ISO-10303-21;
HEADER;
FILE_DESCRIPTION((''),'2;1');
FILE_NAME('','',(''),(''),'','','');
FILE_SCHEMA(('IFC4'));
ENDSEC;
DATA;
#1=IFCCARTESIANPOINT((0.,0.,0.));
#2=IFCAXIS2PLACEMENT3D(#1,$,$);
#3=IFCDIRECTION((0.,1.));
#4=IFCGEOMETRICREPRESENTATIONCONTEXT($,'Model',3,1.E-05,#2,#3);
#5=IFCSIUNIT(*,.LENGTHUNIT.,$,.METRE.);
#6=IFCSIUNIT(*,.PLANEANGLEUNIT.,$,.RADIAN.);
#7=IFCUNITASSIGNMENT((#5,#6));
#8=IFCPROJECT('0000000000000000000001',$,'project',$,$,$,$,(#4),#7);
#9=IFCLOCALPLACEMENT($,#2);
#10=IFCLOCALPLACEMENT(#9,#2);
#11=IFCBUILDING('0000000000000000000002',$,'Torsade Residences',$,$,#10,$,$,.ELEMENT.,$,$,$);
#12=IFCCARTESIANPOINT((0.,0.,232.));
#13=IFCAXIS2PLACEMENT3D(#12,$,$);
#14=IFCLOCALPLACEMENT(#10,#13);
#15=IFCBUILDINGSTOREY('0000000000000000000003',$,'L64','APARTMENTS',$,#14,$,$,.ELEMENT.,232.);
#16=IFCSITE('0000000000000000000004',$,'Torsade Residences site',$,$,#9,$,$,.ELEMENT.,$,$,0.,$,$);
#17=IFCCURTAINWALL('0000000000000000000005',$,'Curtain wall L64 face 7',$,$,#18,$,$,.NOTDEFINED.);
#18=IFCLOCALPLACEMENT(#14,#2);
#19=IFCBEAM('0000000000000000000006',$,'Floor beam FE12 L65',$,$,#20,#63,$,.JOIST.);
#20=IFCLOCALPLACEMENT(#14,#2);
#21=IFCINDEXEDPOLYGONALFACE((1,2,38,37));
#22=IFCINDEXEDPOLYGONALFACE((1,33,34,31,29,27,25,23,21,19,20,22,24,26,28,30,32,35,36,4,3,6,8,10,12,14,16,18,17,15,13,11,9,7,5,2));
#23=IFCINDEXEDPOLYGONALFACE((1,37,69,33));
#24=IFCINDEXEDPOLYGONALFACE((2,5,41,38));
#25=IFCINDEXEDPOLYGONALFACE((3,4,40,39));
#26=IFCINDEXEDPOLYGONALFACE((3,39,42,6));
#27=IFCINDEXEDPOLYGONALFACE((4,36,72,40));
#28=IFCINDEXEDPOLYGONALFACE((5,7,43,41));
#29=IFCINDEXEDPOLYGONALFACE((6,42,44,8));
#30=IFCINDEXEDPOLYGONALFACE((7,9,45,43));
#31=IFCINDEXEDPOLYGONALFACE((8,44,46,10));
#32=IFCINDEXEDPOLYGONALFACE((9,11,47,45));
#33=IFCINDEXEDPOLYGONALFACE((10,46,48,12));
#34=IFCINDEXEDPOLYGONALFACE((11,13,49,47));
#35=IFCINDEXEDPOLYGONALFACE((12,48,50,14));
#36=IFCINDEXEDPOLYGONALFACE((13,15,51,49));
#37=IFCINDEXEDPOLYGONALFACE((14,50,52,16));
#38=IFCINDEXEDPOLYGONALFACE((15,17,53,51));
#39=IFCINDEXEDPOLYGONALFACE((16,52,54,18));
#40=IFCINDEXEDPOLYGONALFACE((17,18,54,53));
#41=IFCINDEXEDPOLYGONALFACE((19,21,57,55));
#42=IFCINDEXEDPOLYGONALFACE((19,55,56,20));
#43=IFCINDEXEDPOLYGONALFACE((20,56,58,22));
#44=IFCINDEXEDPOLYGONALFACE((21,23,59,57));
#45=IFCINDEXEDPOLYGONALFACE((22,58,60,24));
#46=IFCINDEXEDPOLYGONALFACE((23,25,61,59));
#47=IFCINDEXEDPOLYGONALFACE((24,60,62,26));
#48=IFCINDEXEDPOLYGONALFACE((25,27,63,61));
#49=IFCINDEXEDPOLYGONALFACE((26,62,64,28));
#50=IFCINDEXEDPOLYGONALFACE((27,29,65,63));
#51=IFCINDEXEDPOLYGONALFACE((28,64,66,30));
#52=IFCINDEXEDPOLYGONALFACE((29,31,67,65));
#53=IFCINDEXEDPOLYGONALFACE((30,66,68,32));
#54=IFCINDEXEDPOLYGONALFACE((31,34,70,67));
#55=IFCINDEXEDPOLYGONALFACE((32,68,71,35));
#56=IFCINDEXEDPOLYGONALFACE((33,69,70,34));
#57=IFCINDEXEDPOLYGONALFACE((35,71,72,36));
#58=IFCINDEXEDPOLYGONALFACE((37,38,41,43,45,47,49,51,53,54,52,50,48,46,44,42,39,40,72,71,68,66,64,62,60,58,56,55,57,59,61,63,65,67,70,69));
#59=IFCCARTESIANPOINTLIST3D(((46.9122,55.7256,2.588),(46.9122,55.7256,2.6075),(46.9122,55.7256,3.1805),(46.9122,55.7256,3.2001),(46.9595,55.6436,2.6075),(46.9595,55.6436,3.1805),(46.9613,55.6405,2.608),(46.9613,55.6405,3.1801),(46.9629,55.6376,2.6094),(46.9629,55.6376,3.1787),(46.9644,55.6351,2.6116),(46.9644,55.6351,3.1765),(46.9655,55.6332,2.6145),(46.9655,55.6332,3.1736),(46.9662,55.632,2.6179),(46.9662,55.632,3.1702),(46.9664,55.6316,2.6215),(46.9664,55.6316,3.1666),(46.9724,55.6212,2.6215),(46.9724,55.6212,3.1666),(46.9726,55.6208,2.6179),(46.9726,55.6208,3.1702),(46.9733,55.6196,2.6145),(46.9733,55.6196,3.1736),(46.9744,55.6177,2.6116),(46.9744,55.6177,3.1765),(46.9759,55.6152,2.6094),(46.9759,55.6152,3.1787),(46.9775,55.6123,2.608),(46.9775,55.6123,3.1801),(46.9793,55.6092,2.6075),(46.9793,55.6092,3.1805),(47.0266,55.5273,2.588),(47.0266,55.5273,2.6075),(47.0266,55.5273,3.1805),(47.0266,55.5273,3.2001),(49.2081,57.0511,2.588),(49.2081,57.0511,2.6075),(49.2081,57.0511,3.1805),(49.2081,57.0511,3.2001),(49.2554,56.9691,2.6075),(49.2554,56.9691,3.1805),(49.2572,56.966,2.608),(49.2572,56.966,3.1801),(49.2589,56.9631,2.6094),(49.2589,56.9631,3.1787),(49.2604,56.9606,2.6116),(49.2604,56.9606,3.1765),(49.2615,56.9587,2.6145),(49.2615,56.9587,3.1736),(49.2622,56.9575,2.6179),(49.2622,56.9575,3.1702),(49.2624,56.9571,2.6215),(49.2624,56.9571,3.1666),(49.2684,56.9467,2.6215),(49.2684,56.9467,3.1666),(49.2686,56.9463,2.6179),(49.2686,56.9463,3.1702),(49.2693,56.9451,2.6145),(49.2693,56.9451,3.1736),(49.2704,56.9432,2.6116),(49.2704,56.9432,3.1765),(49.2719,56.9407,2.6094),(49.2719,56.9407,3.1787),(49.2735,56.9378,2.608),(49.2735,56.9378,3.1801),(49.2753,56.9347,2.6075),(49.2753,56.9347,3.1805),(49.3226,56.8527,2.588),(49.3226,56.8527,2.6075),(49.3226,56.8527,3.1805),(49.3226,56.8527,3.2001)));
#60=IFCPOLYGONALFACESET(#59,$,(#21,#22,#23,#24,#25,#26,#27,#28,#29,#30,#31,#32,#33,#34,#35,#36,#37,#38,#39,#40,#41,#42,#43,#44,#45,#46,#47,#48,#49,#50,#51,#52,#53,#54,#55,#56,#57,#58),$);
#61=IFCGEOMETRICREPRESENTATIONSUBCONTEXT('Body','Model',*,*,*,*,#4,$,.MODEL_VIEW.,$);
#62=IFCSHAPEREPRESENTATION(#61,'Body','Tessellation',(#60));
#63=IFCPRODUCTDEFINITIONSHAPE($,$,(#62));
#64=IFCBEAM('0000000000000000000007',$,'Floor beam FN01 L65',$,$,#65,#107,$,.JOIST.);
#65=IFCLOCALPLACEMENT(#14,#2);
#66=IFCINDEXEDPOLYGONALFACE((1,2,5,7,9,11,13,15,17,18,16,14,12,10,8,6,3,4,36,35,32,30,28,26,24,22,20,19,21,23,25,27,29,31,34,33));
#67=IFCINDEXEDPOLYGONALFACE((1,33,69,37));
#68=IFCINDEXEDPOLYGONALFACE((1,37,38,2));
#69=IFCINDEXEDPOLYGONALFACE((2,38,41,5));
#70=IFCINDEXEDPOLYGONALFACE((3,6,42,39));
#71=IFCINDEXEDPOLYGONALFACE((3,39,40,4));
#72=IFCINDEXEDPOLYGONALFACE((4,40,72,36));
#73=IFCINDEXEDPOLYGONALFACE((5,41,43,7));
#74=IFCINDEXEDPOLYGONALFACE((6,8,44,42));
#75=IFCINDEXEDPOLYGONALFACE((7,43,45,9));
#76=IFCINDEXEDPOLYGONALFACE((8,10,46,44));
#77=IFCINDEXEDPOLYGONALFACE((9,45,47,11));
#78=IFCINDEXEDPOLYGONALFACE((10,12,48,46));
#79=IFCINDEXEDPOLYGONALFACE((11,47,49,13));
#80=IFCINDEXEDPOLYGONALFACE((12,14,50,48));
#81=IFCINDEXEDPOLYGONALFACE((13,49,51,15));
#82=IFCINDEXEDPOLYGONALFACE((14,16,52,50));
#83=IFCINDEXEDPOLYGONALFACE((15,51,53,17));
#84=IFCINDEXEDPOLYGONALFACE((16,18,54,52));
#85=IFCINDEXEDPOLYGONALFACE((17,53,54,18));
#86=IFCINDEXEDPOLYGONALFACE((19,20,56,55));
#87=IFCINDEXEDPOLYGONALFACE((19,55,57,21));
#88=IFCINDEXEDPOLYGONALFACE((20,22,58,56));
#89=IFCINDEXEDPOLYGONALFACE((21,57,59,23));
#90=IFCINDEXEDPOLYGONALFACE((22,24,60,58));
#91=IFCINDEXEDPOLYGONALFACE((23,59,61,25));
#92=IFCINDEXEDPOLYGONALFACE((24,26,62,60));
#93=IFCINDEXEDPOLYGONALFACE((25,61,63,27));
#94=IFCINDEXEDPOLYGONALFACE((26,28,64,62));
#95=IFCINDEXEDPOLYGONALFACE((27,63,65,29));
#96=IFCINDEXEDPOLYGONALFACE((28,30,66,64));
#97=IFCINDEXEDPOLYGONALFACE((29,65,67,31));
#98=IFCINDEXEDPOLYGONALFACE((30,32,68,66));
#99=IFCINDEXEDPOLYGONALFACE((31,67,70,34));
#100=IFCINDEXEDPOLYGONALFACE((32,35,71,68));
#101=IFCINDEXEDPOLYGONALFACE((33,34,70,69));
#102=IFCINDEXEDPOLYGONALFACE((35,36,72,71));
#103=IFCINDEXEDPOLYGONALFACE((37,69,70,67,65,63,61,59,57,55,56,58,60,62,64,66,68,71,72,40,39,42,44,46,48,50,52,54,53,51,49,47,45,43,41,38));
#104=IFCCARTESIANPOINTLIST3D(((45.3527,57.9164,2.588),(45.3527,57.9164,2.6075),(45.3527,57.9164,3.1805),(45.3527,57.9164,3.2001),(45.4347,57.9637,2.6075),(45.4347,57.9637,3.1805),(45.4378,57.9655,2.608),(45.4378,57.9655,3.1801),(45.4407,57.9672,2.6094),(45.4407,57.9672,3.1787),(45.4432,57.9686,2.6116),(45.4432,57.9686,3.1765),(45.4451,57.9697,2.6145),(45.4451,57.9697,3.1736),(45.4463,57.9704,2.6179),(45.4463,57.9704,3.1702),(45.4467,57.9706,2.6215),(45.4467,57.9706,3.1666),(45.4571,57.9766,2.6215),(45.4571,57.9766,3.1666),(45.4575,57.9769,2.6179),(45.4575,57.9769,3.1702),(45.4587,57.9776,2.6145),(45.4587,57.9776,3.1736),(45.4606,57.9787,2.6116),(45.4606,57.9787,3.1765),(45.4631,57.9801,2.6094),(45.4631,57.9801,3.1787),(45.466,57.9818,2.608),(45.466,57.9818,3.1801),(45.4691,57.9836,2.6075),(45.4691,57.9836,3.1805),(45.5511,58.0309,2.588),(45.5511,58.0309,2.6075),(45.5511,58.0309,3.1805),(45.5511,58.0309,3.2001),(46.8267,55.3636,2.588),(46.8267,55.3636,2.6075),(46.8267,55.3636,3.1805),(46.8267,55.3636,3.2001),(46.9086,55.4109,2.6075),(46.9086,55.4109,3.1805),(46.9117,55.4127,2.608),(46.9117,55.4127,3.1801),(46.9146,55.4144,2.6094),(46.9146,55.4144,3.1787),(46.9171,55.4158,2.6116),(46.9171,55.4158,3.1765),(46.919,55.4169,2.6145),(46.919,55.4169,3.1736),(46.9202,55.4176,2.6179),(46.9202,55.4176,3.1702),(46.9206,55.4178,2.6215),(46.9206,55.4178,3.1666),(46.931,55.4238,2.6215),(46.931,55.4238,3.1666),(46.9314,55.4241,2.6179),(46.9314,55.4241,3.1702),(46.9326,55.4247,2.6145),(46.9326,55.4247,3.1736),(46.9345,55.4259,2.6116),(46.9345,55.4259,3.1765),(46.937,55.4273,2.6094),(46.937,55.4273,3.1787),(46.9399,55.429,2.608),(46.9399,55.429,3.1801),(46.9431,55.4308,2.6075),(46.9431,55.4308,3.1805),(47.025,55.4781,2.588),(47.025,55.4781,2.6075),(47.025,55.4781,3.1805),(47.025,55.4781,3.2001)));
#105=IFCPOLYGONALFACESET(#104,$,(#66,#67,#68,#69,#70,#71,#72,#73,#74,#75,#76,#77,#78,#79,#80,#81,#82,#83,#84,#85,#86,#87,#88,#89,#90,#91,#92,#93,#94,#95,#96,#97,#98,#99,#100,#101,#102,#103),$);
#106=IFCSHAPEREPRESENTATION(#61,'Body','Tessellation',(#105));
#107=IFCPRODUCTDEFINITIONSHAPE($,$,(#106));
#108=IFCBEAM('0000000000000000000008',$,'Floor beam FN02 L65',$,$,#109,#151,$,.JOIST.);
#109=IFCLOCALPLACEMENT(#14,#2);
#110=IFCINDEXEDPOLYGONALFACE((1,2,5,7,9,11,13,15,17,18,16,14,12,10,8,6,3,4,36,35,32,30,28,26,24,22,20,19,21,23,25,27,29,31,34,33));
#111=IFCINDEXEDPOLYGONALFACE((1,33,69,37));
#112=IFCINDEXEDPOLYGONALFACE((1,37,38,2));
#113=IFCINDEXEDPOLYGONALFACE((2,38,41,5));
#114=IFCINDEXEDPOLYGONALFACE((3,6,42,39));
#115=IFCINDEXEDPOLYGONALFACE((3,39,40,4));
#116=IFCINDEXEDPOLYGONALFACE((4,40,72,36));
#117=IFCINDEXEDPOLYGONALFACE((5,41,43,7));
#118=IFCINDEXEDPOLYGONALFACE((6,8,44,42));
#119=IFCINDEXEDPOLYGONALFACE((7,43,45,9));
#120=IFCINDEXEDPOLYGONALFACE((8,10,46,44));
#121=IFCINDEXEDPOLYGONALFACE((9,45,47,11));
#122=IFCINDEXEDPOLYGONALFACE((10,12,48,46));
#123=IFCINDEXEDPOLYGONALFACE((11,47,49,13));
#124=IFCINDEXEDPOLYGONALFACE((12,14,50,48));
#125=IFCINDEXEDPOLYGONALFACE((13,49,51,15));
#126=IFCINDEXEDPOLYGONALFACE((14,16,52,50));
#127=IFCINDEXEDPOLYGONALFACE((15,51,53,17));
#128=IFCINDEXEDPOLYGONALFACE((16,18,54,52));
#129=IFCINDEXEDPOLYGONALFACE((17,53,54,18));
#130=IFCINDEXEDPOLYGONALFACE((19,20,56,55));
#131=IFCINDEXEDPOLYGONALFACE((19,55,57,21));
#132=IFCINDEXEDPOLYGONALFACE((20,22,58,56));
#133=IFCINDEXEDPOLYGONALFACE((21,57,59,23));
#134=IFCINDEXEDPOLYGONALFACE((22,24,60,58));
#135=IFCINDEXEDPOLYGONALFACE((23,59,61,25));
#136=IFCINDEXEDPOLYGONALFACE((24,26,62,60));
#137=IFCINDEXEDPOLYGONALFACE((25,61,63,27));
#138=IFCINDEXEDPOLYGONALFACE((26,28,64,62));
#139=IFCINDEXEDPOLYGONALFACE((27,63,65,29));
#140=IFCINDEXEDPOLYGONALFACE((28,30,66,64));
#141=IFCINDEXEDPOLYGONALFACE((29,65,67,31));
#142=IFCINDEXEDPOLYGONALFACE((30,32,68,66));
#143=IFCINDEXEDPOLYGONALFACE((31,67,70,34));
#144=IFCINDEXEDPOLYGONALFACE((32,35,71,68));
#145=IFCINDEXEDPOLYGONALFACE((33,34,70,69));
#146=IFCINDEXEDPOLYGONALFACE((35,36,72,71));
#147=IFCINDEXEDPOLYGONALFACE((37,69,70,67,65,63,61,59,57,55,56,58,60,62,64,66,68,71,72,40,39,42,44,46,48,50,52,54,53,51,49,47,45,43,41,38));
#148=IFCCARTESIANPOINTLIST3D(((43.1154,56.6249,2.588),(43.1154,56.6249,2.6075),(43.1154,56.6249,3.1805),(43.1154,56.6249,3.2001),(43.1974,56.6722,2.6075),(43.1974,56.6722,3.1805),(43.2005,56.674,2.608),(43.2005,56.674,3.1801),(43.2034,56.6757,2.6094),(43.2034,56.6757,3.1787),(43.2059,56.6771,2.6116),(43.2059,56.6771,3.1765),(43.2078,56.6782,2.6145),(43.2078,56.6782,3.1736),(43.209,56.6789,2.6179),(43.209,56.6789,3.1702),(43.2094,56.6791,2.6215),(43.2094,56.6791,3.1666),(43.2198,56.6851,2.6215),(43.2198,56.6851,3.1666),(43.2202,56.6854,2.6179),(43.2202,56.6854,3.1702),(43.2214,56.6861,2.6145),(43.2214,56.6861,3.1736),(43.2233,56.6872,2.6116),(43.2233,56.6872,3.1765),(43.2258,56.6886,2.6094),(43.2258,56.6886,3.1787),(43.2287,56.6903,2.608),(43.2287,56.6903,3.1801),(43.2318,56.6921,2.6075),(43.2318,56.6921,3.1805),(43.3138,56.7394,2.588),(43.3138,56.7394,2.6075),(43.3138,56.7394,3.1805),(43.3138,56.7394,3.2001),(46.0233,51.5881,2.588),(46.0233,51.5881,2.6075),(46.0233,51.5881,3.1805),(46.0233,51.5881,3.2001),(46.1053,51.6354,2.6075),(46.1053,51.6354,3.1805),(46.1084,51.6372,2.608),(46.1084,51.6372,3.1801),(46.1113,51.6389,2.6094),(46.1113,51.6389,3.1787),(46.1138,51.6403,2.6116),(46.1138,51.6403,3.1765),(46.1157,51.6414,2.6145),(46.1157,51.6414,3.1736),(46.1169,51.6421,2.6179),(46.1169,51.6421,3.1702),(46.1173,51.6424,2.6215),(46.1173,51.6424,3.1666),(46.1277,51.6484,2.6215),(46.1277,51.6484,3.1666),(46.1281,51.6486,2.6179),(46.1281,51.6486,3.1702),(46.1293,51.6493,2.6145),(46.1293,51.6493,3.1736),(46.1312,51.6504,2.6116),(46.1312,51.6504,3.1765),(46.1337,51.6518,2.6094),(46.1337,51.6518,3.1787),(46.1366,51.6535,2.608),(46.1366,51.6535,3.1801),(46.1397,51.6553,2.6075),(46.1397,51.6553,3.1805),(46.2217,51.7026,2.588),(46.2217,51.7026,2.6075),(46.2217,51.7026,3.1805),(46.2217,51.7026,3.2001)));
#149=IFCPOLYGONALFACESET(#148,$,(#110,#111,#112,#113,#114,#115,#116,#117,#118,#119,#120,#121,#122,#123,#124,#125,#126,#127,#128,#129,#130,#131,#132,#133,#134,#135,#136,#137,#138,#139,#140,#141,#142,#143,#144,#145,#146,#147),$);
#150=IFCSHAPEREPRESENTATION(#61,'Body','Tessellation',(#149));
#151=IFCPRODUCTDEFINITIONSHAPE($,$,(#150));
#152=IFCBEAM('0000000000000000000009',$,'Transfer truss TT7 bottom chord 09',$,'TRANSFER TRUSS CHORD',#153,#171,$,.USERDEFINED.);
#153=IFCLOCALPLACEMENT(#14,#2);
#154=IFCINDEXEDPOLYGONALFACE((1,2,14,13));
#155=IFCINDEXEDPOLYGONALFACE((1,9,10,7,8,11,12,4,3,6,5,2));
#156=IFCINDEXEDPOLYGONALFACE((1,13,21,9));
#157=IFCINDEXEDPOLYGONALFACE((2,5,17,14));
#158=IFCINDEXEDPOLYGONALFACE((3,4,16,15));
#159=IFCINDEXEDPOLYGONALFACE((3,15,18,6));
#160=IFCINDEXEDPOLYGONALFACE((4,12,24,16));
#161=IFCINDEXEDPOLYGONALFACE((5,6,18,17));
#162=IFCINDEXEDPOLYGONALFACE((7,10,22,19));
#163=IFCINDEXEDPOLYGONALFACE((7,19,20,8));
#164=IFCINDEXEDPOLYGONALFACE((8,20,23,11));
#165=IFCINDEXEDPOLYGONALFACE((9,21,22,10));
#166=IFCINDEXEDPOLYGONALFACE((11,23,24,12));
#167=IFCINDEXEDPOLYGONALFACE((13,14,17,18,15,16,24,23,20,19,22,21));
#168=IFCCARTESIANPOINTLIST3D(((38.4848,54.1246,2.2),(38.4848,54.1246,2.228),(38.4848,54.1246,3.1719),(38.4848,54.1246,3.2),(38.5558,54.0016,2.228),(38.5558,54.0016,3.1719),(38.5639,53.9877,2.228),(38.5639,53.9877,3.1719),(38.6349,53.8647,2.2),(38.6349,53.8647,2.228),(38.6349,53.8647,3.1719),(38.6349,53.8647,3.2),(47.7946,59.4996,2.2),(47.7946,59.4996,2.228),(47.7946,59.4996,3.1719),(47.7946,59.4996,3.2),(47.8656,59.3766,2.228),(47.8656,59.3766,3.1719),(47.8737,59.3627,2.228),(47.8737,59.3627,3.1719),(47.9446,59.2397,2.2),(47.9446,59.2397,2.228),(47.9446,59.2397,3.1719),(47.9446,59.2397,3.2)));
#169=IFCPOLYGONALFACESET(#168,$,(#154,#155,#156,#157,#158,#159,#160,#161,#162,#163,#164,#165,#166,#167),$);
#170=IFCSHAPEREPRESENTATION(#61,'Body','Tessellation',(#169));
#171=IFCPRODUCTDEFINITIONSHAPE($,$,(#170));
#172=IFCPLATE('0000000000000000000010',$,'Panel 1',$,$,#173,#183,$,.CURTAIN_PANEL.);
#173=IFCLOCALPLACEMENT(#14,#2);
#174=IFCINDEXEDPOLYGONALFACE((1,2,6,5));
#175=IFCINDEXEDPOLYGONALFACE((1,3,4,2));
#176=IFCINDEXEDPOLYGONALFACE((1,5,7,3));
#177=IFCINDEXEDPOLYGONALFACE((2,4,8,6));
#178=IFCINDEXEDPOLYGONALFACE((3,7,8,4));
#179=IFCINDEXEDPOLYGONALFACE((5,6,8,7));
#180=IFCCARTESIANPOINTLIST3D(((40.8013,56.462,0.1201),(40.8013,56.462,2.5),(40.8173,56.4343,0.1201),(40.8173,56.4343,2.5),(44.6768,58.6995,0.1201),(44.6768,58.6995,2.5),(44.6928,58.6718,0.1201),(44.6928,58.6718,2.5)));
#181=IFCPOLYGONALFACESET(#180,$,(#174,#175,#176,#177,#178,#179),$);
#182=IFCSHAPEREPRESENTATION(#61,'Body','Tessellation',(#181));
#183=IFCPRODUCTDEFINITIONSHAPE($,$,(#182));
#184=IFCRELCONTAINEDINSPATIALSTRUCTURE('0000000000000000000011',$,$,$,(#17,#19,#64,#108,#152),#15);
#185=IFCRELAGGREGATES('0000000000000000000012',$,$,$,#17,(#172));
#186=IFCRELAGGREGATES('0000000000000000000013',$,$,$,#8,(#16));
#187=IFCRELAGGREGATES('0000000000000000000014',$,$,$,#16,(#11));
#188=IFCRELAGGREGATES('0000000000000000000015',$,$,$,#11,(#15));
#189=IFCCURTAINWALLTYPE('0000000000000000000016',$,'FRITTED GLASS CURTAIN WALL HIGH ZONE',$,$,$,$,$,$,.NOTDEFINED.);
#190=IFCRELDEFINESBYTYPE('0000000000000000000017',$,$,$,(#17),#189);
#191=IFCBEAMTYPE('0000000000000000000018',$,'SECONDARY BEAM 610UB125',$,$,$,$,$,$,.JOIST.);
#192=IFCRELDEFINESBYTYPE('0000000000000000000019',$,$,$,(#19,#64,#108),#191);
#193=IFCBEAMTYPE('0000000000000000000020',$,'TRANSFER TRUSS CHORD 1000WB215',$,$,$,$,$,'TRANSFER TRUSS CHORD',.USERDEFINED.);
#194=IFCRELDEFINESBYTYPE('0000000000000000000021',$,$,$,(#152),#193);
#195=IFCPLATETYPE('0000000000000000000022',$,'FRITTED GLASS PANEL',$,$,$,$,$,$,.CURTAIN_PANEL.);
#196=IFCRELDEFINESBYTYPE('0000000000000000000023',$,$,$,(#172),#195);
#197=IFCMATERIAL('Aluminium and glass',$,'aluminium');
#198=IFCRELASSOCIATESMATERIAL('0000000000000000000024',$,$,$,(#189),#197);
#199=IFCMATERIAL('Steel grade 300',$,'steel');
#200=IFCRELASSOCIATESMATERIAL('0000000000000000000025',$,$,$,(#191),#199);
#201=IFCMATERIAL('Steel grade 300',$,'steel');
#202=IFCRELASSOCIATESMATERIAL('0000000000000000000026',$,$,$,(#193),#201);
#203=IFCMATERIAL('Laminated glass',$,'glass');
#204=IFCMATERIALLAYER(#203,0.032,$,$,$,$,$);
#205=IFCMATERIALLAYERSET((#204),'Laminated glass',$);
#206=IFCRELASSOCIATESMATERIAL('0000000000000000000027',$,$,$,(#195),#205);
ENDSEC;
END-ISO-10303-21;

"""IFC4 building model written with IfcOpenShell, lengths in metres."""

from ifc_helpers import new_model, si_unit, direction, frame, origin, origin_2d, place, context, subcontext, project, spatial, rectangle, i_section, extrude, material, layer, layer_set, material_profile, profile_set, type_object, element, aggregate, save


model = new_model("IFC4")

# Units and contexts
model_context = context("Model", 3, precision=1e-05, world=origin(), true_north=direction((0.0, 1.0)))
body_context = subcontext(model_context, "Body", "Model", "MODEL_VIEW")
ifc_project = project(units=[si_unit("LENGTHUNIT", "METRE"), si_unit("PLANEANGLEUNIT", "RADIAN")], contexts=[model_context])

# Site, building, storey
site_placement = place(None, origin())
site = spatial("IfcSite", under=ifc_project, at=site_placement, Name="Torsade Residences site", CompositionType="ELEMENT", RefElevation=0.0)
building_placement = place(site_placement, origin())
building = spatial("IfcBuilding", under=site, at=building_placement, Name="Torsade Residences", CompositionType="ELEMENT")
storey_placement = place(building_placement, frame((0.0, 0.0, 232.0)))
storey = spatial("IfcBuildingStorey", under=building, at=storey_placement, Name="L64", Description="APARTMENTS", CompositionType="ELEMENT", Elevation=232.0)

# Curtain wall
ifc_material_1 = material(Name="Aluminium and glass", Category="aluminium")
curtain_wall_type = type_object("IfcCurtainWallType", Name="FRITTED GLASS CURTAIN WALL HIGH ZONE", PredefinedType="NOTDEFINED", material=ifc_material_1)
curtain_wall_placement = place(storey_placement, origin())
curtain_wall = element("IfcCurtainWall", 1, at=curtain_wall_placement, inside=storey, type_object=curtain_wall_type, Name="Curtain wall L64 face 7", PredefinedType="NOTDEFINED")

# Beams
ifc_material_2 = material(Name="Steel grade 300", Category="steel")
ifc_material_profile_1 = material_profile(ifc_material_2, i_section(OverallWidth=0.229, OverallDepth=0.6121, WebThickness=0.012, FlangeThickness=0.0195, FilletRadius=0.0139, at=origin_2d()), Name="610UB125")
ifc_profile_set_1 = profile_set([ifc_material_profile_1], Name="Steel grade 300")
beam_type_1 = type_object("IfcBeamType", Name="SECONDARY BEAM 610UB125", PredefinedType="JOIST", material=ifc_profile_set_1)
beam_1_placement = place(storey_placement, frame((49.2654, 56.9519, 2.894), z_axis=(-0.866041, -0.499972, 0.0), x_axis=(0.499972, -0.866041, 0.0)))
element("IfcBeam", 2, at=beam_1_placement, inside=storey, type_object=beam_type_1, Name="Floor beam FE12 L65", PredefinedType="JOIST", context=body_context, shape_type="SweptSolid", body=[
    extrude(i_section(OverallWidth=0.229, OverallDepth=0.6121, WebThickness=0.012, FlangeThickness=0.0195, FilletRadius=0.0139, at=origin_2d()), origin(), (0.0, 0.0, 1.0), 2.6511),
])
beam_2_placement = place(storey_placement, frame((45.4519, 57.9736, 2.894), z_axis=(0.500014, -0.866017, 0.0), x_axis=(0.866017, 0.500014, 0.0)))
element("IfcBeam", 3, at=beam_2_placement, inside=storey, type_object=beam_type_1, Name="Floor beam FN01 L65", PredefinedType="JOIST", context=body_context, shape_type="SweptSolid", body=[
    extrude(i_section(OverallWidth=0.229, OverallDepth=0.6121, WebThickness=0.012, FlangeThickness=0.0195, FilletRadius=0.0139, at=origin_2d()), origin(), (0.0, 0.0, 1.0), 2.9478),
])
beam_3_placement = place(storey_placement, frame((43.2146, 56.6821, 2.894), z_axis=(0.49999, -0.866031, 0.0), x_axis=(0.866031, 0.49999, 0.0)))
element("IfcBeam", 4, at=beam_3_placement, inside=storey, type_object=beam_type_1, Name="Floor beam FN02 L65", PredefinedType="JOIST", context=body_context, shape_type="SweptSolid", body=[
    extrude(i_section(OverallWidth=0.229, OverallDepth=0.6121, WebThickness=0.012, FlangeThickness=0.0195, FilletRadius=0.0139, at=origin_2d()), origin(), (0.0, 0.0, 1.0), 5.8159),
])
ifc_material_3 = material(Name="Steel grade 300", Category="steel")
ifc_material_profile_2 = material_profile(ifc_material_3, i_section(OverallWidth=0.3, OverallDepth=1.0, WebThickness=0.0161, FlangeThickness=0.0281, at=origin_2d()), Name="1000WB215")
ifc_profile_set_2 = profile_set([ifc_material_profile_2], Name="Steel grade 300")
beam_type_2 = type_object("IfcBeamType", Name="TRANSFER TRUSS CHORD 1000WB215", ElementType="TRANSFER TRUSS CHORD", PredefinedType="USERDEFINED", material=ifc_profile_set_2)
beam_4_placement = place(storey_placement, frame((47.8696, 59.3696, 2.7), z_axis=(-0.866026, -0.499998, 0.0), x_axis=(0.499998, -0.866026, 0.0)))
element("IfcBeam", 5, at=beam_4_placement, inside=storey, type_object=beam_type_2, Name="Transfer truss TT7 bottom chord 09", ObjectType="TRANSFER TRUSS CHORD", PredefinedType="USERDEFINED", context=body_context, shape_type="SweptSolid", body=[
    extrude(i_section(OverallWidth=0.3, OverallDepth=1.0, WebThickness=0.0161, FlangeThickness=0.0281, at=origin_2d()), origin(), (0.0, 0.0, 1.0), 10.75),
])

# Plate
ifc_material_4 = material(Name="Laminated glass", Category="glass")
ifc_layer_1 = layer(ifc_material_4, 0.032)
ifc_layer_set_1 = layer_set([ifc_layer_1], Name="Laminated glass")
plate_type_1 = type_object("IfcPlateType", Name="FRITTED GLASS PANEL", PredefinedType="CURTAIN_PANEL", material=ifc_layer_set_1)
plate_1_placement = place(storey_placement, frame((42.7471, 57.5669, 0.1201), z_axis=(0.0, 0.0, 1.0), x_axis=(-0.866025, -0.5, 0.0)))
plate_1 = element("IfcPlate", 6, at=plate_1_placement, type_object=plate_type_1, Name="Panel 1", PredefinedType="CURTAIN_PANEL", context=body_context, shape_type="SweptSolid", body=[
    extrude(rectangle(XDim=4.4751, YDim=0.032, at=origin_2d()), origin(), (0.0, 0.0, 1.0), 2.3799),
])
aggregate(curtain_wall, [plate_1])

save(model, "model.ifc")
